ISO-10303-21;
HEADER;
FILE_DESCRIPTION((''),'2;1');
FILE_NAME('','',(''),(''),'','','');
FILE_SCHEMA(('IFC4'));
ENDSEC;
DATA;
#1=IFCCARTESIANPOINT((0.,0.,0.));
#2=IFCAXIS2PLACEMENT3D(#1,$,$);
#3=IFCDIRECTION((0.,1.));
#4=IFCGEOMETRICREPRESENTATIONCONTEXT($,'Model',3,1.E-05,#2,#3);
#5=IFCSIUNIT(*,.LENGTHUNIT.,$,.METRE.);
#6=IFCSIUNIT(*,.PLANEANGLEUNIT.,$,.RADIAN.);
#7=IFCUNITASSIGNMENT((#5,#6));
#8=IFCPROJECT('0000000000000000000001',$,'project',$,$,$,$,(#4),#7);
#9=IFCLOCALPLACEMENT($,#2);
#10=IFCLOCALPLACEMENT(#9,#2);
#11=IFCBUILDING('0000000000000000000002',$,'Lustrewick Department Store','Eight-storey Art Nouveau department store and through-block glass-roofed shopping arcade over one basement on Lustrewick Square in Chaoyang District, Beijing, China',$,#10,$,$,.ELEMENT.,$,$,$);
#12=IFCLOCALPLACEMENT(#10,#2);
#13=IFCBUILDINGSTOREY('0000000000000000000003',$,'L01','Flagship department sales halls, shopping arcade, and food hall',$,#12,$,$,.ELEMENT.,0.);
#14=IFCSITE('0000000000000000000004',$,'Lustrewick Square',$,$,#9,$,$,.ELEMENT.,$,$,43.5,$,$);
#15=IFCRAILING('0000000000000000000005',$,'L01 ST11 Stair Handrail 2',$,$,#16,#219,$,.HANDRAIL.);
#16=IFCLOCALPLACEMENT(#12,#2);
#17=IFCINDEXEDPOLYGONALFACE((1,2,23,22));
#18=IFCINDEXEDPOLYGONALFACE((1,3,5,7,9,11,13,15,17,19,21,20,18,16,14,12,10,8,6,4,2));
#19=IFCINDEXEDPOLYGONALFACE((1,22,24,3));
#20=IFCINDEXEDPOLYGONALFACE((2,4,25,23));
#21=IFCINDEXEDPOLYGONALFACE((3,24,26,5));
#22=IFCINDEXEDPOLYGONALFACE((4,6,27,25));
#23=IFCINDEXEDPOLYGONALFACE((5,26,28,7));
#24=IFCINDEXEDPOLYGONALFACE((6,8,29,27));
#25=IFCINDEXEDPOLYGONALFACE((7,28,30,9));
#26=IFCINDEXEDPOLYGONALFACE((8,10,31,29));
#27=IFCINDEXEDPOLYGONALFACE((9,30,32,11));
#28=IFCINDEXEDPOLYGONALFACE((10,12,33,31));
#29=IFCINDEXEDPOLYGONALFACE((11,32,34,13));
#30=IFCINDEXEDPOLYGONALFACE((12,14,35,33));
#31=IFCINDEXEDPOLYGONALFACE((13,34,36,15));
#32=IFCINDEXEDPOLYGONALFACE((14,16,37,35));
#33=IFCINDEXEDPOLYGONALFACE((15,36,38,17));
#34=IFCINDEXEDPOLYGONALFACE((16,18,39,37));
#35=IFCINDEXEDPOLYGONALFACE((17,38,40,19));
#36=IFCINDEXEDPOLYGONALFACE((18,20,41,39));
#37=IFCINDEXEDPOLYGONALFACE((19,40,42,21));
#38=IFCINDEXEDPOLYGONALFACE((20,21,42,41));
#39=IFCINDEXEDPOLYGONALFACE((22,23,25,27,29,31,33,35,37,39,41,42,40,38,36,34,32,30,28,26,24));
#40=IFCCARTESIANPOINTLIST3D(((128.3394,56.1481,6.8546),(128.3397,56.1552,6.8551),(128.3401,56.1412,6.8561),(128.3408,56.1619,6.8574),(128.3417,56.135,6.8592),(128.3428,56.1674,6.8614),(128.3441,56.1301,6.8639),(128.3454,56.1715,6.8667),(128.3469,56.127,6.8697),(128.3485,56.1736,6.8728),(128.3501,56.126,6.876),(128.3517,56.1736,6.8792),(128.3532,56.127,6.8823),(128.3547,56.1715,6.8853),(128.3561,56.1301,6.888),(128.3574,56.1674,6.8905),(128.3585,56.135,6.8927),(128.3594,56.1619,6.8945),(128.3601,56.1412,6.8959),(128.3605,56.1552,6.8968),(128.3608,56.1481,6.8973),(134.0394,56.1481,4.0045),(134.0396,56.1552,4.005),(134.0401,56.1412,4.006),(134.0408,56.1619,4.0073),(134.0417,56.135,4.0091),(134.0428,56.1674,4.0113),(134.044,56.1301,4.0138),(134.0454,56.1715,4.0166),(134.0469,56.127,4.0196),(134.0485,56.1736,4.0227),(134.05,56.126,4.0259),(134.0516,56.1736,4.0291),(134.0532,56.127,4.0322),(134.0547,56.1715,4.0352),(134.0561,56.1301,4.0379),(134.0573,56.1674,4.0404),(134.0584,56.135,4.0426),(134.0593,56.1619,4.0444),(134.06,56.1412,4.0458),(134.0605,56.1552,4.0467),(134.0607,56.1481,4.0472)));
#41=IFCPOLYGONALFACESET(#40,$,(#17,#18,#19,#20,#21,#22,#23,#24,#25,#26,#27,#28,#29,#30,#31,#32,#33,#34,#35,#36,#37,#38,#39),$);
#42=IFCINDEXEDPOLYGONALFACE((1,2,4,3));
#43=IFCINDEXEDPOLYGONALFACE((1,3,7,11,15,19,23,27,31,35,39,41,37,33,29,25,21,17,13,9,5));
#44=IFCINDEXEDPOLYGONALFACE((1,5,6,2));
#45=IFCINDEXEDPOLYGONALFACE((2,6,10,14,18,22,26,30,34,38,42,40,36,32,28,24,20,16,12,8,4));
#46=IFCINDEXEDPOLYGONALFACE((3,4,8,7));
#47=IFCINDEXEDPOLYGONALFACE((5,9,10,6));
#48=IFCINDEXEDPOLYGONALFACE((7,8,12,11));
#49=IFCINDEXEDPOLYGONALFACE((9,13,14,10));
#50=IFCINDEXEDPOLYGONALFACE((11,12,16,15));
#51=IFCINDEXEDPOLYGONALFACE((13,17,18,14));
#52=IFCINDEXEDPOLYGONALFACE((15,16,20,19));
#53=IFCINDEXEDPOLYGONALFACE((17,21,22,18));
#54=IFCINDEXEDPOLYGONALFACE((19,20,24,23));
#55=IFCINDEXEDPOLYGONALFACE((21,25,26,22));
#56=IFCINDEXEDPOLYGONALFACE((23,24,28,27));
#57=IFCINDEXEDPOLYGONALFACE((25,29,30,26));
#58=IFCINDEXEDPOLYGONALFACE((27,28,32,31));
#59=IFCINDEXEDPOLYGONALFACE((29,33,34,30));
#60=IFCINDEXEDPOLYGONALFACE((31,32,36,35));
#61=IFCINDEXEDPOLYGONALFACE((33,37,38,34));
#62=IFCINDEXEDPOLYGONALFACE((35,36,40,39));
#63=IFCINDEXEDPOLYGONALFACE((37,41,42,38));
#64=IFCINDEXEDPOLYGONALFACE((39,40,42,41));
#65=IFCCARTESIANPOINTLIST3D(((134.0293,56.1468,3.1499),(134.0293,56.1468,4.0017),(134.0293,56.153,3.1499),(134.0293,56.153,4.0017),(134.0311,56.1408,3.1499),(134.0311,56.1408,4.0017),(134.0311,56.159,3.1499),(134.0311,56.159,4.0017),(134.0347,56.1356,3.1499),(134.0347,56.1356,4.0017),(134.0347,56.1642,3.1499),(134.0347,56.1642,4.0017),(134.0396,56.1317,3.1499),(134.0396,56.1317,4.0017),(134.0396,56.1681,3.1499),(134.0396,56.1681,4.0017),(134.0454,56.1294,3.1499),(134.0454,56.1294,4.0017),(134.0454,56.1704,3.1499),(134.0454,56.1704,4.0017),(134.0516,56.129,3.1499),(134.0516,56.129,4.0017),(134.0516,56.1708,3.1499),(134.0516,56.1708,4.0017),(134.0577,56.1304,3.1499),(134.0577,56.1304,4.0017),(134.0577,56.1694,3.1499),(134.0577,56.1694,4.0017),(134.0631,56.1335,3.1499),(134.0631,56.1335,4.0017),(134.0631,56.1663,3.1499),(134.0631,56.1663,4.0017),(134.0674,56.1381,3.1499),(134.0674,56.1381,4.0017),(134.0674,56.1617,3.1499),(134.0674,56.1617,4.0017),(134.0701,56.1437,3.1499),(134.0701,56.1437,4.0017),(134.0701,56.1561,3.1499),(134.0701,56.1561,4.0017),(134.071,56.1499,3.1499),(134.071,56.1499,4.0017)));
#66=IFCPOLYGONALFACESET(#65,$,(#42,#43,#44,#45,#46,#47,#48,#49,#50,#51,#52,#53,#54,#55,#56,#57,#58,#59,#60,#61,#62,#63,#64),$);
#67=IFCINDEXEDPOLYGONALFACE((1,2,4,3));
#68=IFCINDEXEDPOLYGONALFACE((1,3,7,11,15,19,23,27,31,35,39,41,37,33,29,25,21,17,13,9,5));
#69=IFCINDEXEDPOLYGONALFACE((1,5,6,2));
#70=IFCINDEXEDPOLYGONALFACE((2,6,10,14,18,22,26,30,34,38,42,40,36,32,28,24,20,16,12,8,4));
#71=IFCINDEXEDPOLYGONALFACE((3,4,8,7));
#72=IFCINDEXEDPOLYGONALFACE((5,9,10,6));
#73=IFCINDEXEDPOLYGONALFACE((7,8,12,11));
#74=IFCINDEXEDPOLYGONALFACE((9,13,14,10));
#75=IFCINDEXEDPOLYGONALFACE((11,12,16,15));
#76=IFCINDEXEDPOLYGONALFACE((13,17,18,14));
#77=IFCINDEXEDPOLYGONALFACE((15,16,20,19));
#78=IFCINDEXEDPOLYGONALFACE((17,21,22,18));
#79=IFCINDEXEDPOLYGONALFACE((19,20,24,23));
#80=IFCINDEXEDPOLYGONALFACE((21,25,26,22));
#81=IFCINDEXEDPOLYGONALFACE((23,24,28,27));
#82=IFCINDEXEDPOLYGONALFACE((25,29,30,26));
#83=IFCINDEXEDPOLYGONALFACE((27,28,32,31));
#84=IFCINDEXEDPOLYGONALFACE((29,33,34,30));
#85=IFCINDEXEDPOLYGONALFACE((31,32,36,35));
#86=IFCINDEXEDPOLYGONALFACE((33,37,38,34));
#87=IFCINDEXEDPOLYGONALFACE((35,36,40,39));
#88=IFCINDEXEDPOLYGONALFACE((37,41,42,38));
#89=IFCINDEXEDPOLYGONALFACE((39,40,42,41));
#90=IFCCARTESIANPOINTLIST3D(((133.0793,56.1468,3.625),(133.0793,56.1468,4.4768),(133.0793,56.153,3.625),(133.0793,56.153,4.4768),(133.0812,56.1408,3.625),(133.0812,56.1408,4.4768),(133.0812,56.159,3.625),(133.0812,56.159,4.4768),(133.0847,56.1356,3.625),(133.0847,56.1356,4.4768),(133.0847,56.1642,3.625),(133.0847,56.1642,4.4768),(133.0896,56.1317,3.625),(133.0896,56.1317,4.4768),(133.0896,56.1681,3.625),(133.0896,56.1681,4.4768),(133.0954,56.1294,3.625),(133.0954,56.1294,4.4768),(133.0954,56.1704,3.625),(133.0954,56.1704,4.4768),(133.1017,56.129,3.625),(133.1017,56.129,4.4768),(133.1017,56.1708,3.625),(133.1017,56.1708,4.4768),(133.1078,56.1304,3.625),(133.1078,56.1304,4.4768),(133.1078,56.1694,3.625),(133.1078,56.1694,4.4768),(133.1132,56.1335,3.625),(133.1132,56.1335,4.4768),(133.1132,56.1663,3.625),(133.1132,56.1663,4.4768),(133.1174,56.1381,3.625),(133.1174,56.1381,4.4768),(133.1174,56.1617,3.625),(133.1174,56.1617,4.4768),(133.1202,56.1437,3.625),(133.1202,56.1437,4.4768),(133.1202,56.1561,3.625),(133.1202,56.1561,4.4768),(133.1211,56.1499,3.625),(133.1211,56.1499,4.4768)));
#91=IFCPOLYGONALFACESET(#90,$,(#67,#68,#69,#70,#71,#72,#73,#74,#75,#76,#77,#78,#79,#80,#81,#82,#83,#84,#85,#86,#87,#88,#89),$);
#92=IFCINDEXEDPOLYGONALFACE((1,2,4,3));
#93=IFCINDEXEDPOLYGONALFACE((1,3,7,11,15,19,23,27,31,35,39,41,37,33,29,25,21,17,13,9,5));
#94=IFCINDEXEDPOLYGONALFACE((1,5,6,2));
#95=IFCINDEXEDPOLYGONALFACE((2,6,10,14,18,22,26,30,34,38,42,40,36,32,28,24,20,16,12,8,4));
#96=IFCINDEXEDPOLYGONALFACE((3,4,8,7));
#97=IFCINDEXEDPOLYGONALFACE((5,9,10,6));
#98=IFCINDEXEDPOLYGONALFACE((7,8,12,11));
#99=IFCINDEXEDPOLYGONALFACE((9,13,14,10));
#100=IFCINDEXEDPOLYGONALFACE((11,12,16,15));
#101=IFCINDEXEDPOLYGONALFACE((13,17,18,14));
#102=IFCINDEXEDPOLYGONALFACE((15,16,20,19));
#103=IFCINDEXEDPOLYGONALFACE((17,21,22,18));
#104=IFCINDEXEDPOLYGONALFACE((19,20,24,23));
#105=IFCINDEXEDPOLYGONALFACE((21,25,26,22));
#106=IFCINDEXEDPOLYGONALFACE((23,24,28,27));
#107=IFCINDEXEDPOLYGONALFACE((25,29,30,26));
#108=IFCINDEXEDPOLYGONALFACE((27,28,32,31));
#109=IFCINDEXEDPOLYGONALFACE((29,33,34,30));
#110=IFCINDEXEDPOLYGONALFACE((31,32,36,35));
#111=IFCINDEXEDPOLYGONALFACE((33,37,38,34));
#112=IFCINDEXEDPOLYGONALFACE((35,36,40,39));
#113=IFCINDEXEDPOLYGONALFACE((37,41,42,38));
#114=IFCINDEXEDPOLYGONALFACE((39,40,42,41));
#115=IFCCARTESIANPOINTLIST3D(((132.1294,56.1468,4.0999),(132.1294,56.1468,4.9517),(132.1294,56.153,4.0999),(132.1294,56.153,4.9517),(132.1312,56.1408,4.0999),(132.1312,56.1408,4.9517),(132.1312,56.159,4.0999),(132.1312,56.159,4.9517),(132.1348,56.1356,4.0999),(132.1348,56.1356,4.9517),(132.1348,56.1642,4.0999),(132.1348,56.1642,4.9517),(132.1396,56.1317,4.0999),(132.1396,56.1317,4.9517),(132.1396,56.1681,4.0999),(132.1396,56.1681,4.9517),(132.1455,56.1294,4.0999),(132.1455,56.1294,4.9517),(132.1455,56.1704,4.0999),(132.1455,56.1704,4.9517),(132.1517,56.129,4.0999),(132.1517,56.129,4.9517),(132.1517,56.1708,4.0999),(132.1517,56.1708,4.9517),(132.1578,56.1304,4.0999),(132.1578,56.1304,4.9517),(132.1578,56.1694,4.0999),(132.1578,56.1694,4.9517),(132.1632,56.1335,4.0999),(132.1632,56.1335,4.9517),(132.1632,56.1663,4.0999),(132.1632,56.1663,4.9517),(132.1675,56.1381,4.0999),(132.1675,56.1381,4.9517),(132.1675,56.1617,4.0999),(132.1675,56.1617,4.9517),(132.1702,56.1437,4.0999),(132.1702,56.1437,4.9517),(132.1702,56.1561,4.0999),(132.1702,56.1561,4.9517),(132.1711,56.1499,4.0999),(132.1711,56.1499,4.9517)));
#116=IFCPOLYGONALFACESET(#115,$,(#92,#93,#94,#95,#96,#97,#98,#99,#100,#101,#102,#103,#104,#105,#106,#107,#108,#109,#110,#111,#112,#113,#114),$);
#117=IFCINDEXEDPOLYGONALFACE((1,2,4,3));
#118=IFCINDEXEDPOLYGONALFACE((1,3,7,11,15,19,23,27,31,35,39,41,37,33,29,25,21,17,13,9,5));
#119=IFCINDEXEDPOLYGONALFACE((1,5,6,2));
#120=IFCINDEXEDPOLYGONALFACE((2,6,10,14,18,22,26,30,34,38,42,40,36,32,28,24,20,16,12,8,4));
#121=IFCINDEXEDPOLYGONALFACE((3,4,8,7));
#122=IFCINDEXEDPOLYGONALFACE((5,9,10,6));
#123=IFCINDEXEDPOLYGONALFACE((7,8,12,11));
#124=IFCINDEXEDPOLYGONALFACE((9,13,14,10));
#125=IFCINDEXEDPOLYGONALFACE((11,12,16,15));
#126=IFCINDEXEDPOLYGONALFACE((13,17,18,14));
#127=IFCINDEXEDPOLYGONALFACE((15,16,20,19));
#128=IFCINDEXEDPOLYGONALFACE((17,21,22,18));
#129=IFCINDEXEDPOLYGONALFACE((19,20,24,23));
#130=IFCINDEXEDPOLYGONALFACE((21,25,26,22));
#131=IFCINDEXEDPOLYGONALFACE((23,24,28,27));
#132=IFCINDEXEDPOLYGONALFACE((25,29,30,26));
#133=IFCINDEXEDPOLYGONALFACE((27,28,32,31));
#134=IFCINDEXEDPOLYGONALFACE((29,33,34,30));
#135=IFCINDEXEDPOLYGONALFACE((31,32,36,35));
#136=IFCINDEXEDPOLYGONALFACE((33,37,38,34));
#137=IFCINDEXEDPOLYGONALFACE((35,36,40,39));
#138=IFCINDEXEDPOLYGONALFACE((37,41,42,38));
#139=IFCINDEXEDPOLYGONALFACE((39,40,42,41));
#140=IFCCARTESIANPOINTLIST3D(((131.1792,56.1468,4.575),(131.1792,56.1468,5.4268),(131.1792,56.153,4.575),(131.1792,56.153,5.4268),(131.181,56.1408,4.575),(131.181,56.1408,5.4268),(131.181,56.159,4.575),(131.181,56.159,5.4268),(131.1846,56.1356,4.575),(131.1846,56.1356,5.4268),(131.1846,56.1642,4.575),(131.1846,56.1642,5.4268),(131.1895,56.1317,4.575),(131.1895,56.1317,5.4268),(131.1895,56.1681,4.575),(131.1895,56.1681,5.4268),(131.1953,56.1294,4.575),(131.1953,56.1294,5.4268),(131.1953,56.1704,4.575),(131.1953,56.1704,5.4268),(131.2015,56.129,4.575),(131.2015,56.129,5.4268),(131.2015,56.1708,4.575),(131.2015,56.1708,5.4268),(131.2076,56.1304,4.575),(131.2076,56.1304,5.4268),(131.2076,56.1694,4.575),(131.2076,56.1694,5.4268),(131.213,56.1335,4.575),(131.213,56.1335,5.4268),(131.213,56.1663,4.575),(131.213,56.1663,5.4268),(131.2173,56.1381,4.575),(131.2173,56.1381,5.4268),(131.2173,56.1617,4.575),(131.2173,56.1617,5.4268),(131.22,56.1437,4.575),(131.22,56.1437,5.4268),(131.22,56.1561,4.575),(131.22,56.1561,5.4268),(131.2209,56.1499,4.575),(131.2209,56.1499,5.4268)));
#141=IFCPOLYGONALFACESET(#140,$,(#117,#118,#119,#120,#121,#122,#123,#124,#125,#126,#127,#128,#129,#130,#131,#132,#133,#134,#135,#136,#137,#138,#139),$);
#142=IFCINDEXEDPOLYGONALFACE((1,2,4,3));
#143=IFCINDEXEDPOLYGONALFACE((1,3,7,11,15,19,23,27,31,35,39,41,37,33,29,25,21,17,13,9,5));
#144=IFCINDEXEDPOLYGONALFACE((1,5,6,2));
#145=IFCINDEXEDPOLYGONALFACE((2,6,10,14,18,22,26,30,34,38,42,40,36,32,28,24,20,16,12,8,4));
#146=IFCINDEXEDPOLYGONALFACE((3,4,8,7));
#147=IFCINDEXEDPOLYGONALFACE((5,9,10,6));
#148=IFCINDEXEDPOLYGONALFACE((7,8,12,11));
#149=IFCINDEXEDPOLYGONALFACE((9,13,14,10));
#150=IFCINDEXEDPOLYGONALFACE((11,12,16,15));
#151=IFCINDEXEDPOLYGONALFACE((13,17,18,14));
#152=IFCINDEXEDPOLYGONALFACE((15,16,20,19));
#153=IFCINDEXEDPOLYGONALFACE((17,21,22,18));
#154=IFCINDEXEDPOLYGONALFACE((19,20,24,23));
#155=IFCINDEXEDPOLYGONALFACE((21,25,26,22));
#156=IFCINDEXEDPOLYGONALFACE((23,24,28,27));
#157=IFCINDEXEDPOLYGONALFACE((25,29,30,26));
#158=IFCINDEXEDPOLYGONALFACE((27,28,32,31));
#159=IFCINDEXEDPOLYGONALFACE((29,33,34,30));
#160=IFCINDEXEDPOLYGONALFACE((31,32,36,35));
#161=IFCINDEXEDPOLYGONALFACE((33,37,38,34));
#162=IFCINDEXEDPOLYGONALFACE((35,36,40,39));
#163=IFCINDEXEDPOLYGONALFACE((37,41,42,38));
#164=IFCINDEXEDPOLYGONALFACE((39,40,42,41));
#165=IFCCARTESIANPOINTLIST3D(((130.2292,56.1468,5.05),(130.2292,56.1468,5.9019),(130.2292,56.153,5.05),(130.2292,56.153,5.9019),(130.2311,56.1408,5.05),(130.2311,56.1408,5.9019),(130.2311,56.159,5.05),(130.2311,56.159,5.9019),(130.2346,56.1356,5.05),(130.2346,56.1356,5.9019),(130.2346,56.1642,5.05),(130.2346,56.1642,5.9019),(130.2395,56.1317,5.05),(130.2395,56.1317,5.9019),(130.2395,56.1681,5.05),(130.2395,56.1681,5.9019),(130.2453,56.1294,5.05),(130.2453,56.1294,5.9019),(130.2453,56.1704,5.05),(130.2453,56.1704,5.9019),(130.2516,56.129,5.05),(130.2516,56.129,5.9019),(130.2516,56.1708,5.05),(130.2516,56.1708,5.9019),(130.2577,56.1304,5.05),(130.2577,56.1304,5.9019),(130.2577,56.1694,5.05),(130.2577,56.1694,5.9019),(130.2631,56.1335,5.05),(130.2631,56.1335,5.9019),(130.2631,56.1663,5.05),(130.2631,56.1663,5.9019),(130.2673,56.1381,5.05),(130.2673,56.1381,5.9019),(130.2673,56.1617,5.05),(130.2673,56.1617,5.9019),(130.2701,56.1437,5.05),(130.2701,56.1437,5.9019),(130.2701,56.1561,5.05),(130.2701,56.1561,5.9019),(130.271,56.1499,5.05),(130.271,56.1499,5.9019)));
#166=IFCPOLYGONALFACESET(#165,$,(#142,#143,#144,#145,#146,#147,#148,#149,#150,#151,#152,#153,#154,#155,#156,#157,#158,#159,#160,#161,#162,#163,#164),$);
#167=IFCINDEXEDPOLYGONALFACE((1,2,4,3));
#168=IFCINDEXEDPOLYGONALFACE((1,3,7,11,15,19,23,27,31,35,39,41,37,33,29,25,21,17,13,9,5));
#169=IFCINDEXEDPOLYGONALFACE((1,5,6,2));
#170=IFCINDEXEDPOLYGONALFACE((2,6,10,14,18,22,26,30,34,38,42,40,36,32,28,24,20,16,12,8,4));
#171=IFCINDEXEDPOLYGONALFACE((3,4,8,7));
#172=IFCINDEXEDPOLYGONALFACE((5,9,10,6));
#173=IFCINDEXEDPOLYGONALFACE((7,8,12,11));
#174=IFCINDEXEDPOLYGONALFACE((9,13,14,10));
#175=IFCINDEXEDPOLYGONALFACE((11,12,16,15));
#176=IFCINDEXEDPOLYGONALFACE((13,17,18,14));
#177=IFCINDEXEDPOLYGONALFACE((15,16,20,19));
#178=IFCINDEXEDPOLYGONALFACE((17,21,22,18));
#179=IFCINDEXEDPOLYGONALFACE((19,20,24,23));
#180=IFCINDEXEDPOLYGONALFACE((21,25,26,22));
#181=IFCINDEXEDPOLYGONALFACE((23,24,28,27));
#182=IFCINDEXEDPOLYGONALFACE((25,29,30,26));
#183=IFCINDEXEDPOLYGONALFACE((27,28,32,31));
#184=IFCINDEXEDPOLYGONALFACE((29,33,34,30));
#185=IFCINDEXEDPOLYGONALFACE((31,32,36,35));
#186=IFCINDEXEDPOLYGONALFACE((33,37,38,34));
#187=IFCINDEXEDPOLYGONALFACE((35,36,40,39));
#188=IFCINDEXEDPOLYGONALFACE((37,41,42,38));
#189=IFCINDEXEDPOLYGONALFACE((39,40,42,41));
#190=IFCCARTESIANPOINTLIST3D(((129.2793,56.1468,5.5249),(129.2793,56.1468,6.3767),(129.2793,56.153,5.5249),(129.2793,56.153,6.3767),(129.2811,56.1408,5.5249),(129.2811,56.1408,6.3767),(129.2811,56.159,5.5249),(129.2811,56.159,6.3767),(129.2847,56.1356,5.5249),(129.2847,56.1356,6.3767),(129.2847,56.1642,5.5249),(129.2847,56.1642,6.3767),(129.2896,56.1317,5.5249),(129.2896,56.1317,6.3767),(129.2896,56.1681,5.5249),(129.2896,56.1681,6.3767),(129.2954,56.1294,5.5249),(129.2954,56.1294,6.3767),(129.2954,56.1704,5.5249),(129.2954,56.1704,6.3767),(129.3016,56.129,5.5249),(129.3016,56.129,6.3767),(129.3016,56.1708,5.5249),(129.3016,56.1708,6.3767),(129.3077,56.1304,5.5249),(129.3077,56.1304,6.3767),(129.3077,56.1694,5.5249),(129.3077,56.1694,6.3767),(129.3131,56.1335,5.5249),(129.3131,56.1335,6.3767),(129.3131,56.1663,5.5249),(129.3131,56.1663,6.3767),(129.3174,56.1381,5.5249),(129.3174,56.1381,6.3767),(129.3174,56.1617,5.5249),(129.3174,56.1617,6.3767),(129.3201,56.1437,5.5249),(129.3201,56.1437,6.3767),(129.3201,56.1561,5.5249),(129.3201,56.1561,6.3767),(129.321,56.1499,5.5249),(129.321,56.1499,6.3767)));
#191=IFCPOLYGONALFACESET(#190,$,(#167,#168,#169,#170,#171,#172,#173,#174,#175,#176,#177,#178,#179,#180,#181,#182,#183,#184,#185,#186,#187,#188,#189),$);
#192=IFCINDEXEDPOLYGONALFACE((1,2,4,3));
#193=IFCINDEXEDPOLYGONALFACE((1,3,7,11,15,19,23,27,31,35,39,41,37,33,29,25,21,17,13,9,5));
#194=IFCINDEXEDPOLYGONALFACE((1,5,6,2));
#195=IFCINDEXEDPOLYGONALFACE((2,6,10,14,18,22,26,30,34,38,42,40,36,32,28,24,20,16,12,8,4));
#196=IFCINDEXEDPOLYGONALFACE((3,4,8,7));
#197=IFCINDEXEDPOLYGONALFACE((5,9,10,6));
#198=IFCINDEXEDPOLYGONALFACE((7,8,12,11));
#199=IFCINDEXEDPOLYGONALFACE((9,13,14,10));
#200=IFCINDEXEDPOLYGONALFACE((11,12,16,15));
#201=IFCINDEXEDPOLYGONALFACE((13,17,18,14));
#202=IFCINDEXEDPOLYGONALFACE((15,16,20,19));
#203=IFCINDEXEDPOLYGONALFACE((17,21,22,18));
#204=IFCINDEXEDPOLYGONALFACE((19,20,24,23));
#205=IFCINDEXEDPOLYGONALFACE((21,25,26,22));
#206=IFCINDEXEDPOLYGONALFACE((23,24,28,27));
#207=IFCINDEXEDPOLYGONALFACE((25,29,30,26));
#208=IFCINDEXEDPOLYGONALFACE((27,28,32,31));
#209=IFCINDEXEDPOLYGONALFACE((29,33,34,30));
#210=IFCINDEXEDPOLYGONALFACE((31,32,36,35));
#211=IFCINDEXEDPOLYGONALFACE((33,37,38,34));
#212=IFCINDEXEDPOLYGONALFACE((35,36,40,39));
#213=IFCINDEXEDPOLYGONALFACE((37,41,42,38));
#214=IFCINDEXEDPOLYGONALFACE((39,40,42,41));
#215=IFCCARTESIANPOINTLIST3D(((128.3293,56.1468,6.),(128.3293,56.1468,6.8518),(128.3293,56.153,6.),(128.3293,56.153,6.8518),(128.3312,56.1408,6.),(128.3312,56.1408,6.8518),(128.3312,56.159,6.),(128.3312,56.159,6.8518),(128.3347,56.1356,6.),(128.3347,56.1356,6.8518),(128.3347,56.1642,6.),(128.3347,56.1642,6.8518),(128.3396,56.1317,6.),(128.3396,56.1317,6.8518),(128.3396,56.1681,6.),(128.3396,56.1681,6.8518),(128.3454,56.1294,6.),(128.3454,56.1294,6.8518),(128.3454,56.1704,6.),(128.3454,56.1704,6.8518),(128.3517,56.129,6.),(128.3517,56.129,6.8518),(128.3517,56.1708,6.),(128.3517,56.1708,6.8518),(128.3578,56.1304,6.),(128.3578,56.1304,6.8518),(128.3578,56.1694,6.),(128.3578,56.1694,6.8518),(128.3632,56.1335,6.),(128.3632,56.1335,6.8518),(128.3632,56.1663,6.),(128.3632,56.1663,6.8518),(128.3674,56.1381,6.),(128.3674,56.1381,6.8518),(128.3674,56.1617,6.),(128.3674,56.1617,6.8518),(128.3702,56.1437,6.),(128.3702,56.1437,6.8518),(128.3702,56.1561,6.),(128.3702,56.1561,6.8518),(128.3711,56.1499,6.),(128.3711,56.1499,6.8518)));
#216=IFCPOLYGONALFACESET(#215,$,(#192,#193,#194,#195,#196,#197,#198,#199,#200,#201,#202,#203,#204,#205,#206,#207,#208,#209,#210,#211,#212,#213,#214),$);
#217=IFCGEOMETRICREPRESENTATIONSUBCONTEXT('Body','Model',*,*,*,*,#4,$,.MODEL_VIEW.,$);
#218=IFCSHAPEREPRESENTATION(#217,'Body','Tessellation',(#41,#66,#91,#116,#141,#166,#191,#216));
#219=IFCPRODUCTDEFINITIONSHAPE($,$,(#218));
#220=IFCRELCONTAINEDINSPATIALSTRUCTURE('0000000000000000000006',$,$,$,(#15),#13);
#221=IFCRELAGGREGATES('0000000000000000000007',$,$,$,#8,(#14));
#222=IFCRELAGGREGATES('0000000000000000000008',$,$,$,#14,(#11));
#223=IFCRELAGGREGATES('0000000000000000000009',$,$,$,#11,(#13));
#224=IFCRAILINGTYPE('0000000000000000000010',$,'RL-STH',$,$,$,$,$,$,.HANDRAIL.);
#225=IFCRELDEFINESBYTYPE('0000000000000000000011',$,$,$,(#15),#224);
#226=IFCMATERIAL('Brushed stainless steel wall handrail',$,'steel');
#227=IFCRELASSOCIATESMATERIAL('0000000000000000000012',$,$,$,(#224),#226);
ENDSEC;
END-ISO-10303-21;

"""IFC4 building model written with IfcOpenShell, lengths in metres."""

from ifc_helpers import new_model, si_unit, direction, frame, origin, origin_2d, place, context, subcontext, project, spatial, circle, extrude, material, type_object, element, save


model = new_model("IFC4")

# Units and contexts
model_context = context("Model", 3, precision=1e-05, world=origin(), true_north=direction((0.0, 1.0)))
body_context = subcontext(model_context, "Body", "Model", "MODEL_VIEW")
ifc_project = project(units=[si_unit("LENGTHUNIT", "METRE"), si_unit("PLANEANGLEUNIT", "RADIAN")], contexts=[model_context])

# Site, building, storey
site_placement = place(None, origin())
site = spatial("IfcSite", under=ifc_project, at=site_placement, Name="Lustrewick Square", CompositionType="ELEMENT", RefElevation=43.5)
building_placement = place(site_placement, origin())
building = spatial("IfcBuilding", under=site, at=building_placement, Name="Lustrewick Department Store", Description="Eight-storey Art Nouveau department store and through-block glass-roofed shopping arcade over one basement on Lustrewick Square in Chaoyang District, Beijing, China", CompositionType="ELEMENT")
storey_placement = place(building_placement, origin())
storey = spatial("IfcBuildingStorey", under=building, at=storey_placement, Name="L01", Description="Flagship department sales halls, shopping arcade, and food hall", CompositionType="ELEMENT", Elevation=0.0)

# Railing
ifc_material_1 = material(Name="Brushed stainless steel wall handrail", Category="steel")
railing_type_1 = type_object("IfcRailingType", Name="RL-STH", PredefinedType="HANDRAIL", material=ifc_material_1)
railing_1_placement = place(storey_placement, frame((134.05, 56.1499, 3.1499)))
element("IfcRailing", 1, at=railing_1_placement, inside=storey, type_object=railing_type_1, Name="L01 ST11 Stair Handrail 2", PredefinedType="HANDRAIL", context=body_context, shape_type="SweptSolid", body=[
    extrude(circle(Radius=0.0239, at=origin_2d()), frame((0.0, 0.0, 0.876), z_axis=(-0.89442, 0.0, 0.447229), x_axis=(0.0, -1.0, 0.0)), (0.0, 0.0, 1.0), 6.3728),
    extrude(circle(Radius=0.021, at=origin_2d()), origin(), (0.0, 0.0, 1.0), 0.8518),
    extrude(circle(Radius=0.021, at=origin_2d()), frame((-0.95, 0.0, 0.4751)), (0.0, 0.0, 1.0), 0.8518),
    extrude(circle(Radius=0.021, at=origin_2d()), frame((-1.8999, 0.0, 0.95)), (0.0, 0.0, 1.0), 0.8518),
    extrude(circle(Radius=0.021, at=origin_2d()), frame((-2.8501, 0.0, 1.425)), (0.0, 0.0, 1.0), 0.8518),
    extrude(circle(Radius=0.021, at=origin_2d()), frame((-3.8, 0.0, 1.9001)), (0.0, 0.0, 1.0), 0.8518),
    extrude(circle(Radius=0.021, at=origin_2d()), frame((-4.75, 0.0, 2.375)), (0.0, 0.0, 1.0), 0.8518),
    extrude(circle(Radius=0.021, at=origin_2d()), frame((-5.7, 0.0, 2.8501)), (0.0, 0.0, 1.0), 0.8518),
])

save(model, "model.ifc")
